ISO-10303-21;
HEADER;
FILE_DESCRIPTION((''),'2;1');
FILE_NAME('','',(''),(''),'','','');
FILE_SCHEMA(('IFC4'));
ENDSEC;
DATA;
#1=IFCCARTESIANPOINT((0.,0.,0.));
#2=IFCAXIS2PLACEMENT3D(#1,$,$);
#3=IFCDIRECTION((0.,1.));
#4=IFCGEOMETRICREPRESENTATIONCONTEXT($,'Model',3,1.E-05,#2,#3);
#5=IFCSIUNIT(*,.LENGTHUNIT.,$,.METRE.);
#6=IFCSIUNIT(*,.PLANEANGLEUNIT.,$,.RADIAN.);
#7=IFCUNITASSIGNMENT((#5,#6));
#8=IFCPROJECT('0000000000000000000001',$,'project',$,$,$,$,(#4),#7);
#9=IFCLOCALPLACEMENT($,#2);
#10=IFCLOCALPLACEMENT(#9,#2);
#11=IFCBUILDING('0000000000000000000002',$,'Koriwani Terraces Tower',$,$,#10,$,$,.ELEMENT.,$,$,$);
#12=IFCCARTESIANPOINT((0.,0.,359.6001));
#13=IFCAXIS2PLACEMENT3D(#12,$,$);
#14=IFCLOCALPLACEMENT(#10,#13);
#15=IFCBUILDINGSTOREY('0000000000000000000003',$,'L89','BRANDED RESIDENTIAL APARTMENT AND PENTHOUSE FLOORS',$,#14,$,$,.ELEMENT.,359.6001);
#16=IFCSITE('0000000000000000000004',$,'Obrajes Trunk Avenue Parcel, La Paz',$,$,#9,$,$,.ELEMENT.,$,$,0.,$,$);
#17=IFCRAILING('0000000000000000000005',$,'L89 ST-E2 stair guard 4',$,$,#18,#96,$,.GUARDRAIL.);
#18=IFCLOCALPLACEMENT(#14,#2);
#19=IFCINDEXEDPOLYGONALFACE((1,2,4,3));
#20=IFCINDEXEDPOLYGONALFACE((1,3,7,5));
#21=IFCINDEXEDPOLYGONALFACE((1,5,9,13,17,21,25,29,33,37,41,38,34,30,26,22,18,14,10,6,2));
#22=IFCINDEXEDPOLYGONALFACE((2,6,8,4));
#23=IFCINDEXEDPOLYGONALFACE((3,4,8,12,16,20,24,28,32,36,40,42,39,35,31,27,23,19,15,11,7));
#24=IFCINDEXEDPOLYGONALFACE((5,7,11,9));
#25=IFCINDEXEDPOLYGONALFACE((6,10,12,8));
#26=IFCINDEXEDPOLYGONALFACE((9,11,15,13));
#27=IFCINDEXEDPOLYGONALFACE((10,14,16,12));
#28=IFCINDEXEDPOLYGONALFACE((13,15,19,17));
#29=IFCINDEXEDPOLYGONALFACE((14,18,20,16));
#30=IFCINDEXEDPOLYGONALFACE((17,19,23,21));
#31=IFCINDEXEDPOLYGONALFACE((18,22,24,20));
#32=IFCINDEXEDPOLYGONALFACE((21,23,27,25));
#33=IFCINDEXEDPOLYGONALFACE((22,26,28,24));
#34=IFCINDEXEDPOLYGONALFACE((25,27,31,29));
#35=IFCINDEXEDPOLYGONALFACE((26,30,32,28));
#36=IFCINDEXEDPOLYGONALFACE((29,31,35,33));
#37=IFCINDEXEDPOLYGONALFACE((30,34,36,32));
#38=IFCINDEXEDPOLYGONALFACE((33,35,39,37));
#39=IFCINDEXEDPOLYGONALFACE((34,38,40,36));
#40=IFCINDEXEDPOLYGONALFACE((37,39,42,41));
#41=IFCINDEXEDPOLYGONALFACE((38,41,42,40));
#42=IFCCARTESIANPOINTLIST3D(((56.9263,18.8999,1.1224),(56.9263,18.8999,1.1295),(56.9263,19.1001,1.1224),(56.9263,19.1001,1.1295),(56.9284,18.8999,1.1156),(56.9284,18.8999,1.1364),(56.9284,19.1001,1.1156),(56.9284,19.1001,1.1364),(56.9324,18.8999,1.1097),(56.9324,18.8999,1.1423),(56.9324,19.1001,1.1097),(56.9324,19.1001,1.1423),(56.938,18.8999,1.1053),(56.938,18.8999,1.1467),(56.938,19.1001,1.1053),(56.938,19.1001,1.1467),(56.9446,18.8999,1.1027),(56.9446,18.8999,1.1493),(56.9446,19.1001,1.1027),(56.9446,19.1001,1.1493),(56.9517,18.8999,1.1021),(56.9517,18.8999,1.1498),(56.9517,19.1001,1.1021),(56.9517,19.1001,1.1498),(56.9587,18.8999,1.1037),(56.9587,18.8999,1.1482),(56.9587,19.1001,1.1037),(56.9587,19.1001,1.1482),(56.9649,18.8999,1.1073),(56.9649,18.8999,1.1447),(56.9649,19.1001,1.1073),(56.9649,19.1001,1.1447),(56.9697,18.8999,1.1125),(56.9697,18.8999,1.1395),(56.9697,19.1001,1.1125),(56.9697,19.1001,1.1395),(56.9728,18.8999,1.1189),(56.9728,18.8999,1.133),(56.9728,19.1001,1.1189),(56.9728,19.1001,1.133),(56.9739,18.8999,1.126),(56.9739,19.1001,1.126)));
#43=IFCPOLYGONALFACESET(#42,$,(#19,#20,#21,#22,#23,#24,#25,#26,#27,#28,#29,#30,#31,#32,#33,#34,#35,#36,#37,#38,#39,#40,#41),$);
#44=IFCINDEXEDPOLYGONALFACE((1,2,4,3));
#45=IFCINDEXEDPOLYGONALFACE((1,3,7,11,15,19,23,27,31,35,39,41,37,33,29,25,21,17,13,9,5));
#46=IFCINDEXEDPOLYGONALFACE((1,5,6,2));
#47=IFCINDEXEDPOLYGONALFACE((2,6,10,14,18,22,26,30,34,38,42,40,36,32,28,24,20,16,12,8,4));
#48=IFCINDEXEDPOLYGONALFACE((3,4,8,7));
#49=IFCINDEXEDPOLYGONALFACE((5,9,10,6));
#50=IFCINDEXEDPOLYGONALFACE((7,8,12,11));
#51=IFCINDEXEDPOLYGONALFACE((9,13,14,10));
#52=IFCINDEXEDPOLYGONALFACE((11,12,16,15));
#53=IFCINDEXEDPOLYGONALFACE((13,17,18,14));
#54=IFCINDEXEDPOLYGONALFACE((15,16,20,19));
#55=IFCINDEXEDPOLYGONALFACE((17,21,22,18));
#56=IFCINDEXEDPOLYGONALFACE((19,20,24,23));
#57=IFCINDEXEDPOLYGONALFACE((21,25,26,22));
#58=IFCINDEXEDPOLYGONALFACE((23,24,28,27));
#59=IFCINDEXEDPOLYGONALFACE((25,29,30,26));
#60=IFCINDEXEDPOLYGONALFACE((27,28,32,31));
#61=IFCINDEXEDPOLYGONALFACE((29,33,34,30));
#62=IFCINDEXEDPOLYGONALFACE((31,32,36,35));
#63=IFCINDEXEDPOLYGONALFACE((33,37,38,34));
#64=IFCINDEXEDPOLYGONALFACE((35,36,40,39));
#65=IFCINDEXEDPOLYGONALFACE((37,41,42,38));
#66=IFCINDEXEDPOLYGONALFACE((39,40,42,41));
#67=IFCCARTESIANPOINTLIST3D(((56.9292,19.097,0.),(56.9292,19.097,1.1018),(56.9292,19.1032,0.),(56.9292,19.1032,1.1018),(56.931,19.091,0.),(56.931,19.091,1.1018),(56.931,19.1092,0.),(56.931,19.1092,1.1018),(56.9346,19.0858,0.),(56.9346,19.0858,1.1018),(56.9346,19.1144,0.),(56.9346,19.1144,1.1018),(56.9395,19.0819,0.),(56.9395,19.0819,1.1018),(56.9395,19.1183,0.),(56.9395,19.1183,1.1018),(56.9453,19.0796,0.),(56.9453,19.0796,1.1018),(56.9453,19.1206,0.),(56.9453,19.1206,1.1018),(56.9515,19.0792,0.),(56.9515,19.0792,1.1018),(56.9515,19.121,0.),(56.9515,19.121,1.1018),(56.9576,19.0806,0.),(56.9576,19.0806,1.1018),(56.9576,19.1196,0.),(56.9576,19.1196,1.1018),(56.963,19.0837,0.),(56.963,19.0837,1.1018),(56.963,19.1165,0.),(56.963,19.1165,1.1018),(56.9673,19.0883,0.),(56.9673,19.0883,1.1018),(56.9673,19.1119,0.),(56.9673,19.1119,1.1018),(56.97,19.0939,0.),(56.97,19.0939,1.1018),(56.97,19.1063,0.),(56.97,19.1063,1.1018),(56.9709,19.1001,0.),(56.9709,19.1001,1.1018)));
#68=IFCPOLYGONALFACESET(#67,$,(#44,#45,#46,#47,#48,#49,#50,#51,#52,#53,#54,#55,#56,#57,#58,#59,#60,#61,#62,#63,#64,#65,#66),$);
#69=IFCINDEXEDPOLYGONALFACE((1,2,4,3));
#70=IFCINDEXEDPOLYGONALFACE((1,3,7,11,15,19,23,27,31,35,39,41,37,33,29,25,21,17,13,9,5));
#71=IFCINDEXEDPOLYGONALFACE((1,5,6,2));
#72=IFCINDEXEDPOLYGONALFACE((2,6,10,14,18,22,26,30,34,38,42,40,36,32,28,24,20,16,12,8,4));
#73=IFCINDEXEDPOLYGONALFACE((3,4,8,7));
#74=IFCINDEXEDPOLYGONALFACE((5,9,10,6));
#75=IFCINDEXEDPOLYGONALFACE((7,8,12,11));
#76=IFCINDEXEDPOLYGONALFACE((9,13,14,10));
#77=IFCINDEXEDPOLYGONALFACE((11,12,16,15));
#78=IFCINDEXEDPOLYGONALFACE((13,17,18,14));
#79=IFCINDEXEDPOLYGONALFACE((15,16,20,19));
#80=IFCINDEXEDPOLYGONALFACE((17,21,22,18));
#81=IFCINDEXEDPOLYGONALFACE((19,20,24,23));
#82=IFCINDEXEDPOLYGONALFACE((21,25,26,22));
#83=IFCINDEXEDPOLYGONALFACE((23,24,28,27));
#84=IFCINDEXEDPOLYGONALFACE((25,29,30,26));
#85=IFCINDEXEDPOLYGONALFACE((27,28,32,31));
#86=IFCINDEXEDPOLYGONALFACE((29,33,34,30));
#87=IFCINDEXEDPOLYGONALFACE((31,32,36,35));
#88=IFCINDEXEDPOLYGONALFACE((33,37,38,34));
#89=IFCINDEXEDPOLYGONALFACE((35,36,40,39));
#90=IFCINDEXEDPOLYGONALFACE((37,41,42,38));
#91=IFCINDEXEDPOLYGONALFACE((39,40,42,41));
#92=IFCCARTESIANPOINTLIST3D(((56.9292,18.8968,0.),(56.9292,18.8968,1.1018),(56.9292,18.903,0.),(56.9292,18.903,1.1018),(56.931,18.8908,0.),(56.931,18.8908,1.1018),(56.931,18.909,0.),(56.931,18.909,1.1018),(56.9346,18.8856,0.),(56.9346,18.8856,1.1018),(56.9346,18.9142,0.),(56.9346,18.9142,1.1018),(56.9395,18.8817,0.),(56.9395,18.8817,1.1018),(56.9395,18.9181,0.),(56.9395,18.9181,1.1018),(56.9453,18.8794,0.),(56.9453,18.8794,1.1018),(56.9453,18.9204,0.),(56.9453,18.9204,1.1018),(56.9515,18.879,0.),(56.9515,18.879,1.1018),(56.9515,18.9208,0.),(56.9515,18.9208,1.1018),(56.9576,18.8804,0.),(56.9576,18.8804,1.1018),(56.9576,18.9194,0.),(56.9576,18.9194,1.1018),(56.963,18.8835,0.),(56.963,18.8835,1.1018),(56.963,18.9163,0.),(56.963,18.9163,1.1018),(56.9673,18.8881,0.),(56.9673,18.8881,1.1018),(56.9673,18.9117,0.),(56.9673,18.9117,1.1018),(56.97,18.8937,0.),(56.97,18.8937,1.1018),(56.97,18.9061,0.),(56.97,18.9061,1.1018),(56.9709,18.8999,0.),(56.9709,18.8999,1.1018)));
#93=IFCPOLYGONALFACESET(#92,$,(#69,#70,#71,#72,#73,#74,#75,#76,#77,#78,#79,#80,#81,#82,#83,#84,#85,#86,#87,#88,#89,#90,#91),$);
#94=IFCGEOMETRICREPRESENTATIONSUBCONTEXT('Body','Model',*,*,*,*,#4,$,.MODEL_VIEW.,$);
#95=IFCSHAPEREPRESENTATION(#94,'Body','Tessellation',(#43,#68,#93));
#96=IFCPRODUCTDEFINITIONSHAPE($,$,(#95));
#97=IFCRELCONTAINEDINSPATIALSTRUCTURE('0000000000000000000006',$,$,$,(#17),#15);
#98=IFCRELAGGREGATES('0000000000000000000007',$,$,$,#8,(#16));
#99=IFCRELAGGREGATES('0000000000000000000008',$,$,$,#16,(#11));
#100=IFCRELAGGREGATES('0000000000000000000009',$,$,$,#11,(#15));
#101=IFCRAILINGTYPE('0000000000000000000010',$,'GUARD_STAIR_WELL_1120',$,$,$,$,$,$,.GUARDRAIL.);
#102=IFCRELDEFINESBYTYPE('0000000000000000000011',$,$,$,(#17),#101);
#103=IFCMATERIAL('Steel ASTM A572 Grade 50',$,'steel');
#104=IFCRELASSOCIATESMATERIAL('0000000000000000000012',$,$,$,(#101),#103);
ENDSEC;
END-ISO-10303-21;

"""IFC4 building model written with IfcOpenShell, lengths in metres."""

from ifc_helpers import new_model, si_unit, direction, frame, origin, origin_2d, place, context, subcontext, project, spatial, circle, extrude, material, type_object, element, save


model = new_model("IFC4")

# Units and contexts
model_context = context("Model", 3, precision=1e-05, world=origin(), true_north=direction((0.0, 1.0)))
body_context = subcontext(model_context, "Body", "Model", "MODEL_VIEW")
ifc_project = project(units=[si_unit("LENGTHUNIT", "METRE"), si_unit("PLANEANGLEUNIT", "RADIAN")], contexts=[model_context])

# Site, building, storey
site_placement = place(None, origin())
site = spatial("IfcSite", under=ifc_project, at=site_placement, Name="Obrajes Trunk Avenue Parcel, La Paz", CompositionType="ELEMENT", RefElevation=0.0)
building_placement = place(site_placement, origin())
building = spatial("IfcBuilding", under=site, at=building_placement, Name="Koriwani Terraces Tower", CompositionType="ELEMENT")
storey_placement = place(building_placement, frame((0.0, 0.0, 359.6001)))
storey = spatial("IfcBuildingStorey", under=building, at=storey_placement, Name="L89", Description="BRANDED RESIDENTIAL APARTMENT AND PENTHOUSE FLOORS", CompositionType="ELEMENT", Elevation=359.6001)

# Shared definitions
ifc_material_1 = material(Name="Steel ASTM A572 Grade 50", Category="steel")

# Railing
railing_type_1 = type_object("IfcRailingType", Name="GUARD_STAIR_WELL_1120", PredefinedType="GUARDRAIL", material=ifc_material_1)
railing_1_placement = place(storey_placement, frame((56.95, 19.1001, 0.0)))
element("IfcRailing", 1, at=railing_1_placement, inside=storey, type_object=railing_type_1, Name="L89 ST-E2 stair guard 4", PredefinedType="GUARDRAIL", context=body_context, shape_type="SweptSolid", body=[
    extrude(circle(Radius=0.0239, at=origin_2d()), frame((0.0, 0.0, 1.126), z_axis=(0.0, -1.0, 0.0), x_axis=(1.0, 0.0, 0.0)), (0.0, 0.0, 1.0), 0.2002),
    extrude(circle(Radius=0.021, at=origin_2d()), origin(), (0.0, 0.0, 1.0), 1.1018),
    extrude(circle(Radius=0.021, at=origin_2d()), frame((0.0, -0.2002, 0.0)), (0.0, 0.0, 1.0), 1.1018),
])

save(model, "model.ifc")
